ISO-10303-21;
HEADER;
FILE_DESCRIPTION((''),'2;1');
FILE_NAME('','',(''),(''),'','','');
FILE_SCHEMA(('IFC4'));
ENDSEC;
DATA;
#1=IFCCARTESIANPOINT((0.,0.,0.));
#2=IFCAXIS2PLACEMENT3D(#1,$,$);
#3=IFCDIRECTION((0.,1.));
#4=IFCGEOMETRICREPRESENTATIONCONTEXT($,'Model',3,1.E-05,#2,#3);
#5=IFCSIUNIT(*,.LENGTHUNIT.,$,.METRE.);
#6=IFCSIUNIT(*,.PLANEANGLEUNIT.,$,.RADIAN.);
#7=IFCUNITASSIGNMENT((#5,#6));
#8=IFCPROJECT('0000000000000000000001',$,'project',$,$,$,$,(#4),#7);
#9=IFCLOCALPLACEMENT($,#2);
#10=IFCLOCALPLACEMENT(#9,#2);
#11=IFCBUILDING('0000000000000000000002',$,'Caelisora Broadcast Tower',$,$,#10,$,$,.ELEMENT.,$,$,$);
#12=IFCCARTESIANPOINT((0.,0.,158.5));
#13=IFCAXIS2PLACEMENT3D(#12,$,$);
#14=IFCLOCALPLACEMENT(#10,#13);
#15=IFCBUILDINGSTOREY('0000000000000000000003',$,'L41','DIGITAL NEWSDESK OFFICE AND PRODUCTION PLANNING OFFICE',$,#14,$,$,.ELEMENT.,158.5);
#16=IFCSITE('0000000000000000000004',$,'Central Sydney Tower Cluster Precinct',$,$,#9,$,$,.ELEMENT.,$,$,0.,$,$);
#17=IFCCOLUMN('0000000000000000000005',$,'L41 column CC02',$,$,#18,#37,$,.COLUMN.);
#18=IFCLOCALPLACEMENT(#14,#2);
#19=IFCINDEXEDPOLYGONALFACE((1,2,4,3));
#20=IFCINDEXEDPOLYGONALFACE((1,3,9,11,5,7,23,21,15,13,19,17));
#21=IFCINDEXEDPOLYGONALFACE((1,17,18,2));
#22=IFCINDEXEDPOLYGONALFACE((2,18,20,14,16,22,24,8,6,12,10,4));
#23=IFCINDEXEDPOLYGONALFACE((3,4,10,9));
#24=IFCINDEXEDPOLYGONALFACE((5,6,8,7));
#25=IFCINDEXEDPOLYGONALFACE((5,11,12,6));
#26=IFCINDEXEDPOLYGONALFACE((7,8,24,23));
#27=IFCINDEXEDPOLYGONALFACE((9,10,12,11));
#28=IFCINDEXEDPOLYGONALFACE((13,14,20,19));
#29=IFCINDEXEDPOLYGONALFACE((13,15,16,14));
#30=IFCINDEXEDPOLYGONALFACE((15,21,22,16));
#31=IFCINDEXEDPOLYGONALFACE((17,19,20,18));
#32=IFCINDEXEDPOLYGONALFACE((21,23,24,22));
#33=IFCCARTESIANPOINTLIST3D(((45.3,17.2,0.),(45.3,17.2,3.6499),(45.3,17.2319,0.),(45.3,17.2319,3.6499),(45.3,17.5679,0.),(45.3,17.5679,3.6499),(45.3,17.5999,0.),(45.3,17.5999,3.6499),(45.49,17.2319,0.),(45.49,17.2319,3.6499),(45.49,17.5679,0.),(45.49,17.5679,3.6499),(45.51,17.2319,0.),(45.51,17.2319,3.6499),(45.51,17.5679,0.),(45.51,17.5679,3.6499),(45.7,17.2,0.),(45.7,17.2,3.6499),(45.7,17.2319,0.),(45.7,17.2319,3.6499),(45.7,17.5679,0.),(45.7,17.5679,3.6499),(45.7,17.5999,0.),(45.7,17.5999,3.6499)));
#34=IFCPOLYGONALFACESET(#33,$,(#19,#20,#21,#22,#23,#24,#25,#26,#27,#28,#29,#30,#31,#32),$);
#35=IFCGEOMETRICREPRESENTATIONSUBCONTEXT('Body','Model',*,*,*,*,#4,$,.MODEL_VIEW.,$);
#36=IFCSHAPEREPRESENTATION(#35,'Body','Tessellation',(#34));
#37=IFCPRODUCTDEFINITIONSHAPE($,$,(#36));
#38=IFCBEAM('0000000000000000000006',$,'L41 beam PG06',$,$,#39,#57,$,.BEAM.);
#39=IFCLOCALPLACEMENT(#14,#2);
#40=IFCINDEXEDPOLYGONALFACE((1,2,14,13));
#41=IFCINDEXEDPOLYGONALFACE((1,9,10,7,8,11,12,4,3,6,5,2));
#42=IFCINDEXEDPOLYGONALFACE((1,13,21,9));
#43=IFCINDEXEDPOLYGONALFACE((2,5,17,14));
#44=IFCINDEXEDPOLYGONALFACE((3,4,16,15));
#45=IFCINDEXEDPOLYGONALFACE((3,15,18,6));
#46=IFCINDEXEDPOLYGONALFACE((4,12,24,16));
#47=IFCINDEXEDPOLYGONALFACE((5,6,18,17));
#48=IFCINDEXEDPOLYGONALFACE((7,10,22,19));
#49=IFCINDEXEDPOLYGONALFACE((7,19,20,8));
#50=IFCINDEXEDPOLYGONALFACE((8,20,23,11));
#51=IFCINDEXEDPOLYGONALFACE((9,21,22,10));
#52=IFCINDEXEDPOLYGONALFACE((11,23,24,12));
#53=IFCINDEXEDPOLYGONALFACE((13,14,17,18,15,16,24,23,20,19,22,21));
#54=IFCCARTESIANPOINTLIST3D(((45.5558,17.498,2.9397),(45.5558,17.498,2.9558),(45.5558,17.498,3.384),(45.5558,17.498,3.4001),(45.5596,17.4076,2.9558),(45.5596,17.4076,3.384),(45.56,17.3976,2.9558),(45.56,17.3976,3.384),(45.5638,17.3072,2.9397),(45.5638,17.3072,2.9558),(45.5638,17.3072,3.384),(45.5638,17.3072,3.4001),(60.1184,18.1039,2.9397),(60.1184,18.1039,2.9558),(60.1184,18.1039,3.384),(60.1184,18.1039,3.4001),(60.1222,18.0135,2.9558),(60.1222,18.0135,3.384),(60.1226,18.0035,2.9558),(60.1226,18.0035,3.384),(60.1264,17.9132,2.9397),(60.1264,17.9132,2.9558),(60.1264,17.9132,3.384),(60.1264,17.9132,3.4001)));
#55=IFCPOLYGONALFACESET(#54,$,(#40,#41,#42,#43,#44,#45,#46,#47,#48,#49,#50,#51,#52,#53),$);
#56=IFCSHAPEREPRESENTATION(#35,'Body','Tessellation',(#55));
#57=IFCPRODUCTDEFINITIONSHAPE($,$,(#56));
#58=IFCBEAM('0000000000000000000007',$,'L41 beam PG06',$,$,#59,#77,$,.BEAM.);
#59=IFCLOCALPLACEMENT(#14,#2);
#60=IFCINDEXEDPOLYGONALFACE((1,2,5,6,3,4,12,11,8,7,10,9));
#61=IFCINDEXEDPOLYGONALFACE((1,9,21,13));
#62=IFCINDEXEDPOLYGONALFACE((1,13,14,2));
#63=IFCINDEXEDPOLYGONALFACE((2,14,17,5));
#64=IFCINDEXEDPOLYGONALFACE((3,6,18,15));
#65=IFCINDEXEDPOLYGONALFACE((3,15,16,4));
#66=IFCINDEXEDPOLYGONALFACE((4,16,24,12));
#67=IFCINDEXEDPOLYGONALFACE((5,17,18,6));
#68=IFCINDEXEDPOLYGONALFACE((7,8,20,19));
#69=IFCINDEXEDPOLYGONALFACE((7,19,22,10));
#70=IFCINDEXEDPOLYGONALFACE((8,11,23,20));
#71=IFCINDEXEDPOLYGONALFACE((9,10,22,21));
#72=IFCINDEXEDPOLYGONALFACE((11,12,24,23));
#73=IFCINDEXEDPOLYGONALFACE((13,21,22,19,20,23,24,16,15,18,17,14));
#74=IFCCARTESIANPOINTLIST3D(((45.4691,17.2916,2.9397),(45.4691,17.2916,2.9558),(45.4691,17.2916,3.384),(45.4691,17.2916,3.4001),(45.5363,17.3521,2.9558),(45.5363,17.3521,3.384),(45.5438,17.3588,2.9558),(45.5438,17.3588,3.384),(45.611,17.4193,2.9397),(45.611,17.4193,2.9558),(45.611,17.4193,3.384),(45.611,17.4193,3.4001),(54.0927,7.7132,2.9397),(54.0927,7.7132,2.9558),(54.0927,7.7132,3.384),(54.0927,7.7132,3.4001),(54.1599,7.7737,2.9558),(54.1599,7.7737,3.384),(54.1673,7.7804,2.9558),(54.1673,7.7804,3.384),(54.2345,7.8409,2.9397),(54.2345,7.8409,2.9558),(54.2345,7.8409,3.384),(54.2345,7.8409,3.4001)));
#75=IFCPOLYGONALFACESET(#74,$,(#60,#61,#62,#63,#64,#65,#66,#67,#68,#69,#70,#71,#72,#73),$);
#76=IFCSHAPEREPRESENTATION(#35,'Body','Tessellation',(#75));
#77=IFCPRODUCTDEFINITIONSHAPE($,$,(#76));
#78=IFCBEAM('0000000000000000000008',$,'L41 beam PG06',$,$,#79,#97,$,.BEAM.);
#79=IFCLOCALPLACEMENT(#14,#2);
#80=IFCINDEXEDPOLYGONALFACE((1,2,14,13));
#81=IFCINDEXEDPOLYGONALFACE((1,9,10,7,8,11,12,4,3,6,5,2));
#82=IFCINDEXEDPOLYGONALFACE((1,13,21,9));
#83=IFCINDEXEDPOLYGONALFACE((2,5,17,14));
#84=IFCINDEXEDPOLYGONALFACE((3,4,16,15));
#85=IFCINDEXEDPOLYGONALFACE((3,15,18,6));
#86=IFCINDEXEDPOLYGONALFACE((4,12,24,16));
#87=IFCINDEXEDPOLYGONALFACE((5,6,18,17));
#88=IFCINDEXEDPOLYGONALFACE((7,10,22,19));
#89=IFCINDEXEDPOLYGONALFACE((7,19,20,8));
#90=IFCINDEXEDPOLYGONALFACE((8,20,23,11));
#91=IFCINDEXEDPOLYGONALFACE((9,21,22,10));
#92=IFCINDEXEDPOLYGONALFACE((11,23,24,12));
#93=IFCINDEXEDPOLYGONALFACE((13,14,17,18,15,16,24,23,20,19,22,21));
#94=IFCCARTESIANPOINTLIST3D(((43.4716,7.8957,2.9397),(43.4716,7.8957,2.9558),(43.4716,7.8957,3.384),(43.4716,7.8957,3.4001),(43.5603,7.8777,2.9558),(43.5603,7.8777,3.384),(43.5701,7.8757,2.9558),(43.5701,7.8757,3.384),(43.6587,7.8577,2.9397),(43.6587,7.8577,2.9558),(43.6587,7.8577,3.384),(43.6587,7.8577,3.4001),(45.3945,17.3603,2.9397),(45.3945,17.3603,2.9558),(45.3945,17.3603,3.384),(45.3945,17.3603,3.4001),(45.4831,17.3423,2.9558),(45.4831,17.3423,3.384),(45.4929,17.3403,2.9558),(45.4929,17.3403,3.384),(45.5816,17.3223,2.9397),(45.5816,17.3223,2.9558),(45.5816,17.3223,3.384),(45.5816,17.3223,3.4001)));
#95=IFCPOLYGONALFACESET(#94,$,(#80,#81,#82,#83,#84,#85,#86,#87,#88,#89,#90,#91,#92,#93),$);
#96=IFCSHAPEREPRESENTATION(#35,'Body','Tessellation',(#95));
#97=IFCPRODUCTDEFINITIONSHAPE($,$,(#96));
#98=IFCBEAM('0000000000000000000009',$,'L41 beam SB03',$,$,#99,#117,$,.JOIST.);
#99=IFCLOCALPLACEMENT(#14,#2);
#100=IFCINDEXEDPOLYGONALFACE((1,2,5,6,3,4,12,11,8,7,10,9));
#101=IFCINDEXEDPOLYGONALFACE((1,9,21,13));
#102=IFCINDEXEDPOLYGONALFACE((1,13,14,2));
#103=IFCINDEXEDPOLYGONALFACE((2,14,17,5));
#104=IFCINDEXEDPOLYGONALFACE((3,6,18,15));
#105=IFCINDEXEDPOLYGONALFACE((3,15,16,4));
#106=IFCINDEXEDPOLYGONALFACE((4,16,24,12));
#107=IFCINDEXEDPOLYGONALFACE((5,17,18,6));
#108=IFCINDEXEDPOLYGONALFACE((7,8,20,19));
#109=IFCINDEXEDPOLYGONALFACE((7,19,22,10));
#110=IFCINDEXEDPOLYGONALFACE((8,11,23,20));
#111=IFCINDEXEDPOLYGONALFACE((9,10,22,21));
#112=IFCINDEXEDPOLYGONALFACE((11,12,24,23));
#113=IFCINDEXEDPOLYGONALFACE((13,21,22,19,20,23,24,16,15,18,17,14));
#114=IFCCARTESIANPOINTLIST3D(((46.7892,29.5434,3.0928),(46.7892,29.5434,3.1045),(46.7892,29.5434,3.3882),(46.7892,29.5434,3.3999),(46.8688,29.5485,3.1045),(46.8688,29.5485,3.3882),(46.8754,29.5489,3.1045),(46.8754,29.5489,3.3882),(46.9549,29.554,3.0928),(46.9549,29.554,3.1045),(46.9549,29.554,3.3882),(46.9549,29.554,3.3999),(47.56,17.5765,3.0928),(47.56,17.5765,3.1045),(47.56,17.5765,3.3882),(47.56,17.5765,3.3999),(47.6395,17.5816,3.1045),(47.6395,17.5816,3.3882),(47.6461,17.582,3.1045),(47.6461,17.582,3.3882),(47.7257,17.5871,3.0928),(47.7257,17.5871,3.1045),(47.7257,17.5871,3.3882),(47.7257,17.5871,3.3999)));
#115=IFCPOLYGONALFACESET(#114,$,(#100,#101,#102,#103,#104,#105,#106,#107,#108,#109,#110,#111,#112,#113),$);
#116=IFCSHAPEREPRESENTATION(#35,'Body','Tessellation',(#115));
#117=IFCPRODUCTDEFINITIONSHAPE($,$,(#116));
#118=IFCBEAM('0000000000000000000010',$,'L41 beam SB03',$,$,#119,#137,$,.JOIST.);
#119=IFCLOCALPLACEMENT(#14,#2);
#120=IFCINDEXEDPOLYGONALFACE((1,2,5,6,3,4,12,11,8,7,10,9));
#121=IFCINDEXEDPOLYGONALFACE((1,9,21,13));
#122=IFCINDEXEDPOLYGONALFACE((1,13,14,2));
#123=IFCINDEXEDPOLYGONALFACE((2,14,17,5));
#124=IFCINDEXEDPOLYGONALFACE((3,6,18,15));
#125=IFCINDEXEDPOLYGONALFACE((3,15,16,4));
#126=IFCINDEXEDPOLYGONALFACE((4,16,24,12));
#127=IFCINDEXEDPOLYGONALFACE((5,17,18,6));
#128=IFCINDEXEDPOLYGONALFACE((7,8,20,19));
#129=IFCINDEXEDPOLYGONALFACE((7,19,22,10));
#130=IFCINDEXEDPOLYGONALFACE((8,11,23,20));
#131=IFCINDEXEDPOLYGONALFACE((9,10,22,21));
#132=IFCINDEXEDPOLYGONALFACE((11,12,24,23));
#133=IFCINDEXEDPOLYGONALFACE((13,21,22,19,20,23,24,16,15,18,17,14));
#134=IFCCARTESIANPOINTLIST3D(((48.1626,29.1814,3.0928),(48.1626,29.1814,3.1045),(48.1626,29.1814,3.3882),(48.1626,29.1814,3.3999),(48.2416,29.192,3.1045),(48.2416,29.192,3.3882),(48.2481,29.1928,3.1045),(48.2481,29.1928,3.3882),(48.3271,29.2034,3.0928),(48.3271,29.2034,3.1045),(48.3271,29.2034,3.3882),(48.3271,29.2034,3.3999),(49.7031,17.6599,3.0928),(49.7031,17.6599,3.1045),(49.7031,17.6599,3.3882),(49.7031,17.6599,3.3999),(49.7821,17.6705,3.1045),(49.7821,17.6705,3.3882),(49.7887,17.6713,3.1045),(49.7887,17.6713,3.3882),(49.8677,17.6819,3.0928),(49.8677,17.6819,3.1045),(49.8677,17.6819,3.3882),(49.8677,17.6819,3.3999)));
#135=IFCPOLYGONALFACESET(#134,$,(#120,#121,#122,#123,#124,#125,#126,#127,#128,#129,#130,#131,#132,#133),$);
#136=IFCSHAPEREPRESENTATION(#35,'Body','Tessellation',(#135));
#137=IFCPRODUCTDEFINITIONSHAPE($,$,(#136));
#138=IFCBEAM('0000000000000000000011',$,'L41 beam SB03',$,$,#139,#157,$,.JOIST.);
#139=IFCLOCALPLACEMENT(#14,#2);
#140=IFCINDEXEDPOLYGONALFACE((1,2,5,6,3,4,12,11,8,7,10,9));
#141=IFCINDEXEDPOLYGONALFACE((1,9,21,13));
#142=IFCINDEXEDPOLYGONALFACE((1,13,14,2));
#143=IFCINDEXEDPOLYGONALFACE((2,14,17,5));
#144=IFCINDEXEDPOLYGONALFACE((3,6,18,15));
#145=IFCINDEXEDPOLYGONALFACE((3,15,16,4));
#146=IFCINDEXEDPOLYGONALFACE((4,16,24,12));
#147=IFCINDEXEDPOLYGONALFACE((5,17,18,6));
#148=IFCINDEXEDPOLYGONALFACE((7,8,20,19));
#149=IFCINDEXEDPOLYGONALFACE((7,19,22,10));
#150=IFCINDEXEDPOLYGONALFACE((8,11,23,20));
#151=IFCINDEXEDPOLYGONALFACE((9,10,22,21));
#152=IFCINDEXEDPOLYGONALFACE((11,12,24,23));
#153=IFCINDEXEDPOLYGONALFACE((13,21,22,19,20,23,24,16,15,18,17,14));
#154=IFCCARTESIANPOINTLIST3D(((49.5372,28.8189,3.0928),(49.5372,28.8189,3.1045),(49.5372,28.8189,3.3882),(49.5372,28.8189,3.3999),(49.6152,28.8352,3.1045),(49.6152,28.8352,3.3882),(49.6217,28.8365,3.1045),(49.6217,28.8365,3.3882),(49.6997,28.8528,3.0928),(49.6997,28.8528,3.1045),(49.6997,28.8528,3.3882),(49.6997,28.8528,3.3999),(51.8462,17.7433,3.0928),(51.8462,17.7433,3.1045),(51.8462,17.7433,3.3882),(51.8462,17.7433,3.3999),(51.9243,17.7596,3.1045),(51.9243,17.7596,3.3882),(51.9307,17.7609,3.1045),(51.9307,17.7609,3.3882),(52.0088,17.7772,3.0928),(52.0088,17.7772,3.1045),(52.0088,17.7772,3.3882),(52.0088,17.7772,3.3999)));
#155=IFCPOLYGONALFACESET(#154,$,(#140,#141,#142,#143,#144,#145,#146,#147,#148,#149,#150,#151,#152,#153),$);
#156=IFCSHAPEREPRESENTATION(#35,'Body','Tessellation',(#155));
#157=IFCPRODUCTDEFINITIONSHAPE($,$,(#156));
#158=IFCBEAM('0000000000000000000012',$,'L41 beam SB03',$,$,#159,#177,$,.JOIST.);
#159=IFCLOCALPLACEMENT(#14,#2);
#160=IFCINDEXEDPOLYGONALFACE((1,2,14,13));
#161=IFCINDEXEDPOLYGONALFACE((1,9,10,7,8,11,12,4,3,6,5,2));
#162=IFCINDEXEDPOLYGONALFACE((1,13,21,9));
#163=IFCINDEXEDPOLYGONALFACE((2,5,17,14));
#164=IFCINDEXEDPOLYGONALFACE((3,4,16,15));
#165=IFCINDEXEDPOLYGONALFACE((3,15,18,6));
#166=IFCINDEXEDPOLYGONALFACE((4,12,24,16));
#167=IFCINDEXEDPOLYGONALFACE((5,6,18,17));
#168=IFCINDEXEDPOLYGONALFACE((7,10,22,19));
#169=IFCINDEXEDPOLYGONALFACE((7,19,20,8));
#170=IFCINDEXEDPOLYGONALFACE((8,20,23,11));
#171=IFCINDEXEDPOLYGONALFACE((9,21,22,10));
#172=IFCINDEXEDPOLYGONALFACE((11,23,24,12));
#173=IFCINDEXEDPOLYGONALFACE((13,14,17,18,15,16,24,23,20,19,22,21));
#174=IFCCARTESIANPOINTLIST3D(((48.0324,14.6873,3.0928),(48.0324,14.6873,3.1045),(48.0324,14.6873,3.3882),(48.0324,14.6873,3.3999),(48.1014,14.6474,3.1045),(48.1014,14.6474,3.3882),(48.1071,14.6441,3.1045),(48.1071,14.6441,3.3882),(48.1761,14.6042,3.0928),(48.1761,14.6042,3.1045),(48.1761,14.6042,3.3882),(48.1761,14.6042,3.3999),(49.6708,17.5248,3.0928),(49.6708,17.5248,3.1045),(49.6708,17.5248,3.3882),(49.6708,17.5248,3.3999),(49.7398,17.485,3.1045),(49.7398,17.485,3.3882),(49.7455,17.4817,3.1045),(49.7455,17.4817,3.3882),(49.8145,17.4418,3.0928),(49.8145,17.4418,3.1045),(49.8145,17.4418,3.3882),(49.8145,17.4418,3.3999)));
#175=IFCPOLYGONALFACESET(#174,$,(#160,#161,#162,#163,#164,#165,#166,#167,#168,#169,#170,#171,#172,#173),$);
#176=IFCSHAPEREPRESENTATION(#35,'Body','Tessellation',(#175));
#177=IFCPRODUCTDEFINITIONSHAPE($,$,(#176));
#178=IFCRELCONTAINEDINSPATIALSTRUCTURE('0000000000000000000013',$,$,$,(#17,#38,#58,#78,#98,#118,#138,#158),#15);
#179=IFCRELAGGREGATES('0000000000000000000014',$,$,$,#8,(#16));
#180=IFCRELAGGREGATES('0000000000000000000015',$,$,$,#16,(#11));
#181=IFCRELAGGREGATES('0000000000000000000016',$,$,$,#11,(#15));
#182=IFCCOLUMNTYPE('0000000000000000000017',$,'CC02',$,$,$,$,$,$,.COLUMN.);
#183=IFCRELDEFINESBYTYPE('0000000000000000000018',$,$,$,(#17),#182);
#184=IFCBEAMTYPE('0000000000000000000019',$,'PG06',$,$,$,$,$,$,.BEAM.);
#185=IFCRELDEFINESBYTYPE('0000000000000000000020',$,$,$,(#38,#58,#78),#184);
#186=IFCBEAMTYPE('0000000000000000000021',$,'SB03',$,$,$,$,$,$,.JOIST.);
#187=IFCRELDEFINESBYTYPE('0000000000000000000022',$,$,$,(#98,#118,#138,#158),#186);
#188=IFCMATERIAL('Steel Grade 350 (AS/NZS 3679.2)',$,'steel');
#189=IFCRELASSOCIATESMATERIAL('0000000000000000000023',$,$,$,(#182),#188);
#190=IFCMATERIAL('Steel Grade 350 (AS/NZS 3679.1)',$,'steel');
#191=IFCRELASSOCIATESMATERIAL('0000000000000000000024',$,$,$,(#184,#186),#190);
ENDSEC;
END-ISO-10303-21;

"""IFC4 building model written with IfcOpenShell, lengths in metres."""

from ifc_helpers import new_model, si_unit, direction, frame, origin, origin_2d, place, context, subcontext, project, spatial, i_section, extrude, source, transform, mapped, material, material_profile, profile_set, type_object, type_shapes, element, save


model = new_model("IFC4")

# Units and contexts
model_context = context("Model", 3, precision=1e-05, world=origin(), true_north=direction((0.0, 1.0)))
body_context = subcontext(model_context, "Body", "Model", "MODEL_VIEW")
ifc_project = project(units=[si_unit("LENGTHUNIT", "METRE"), si_unit("PLANEANGLEUNIT", "RADIAN")], contexts=[model_context])

# Site, building, storey
site_placement = place(None, origin())
site = spatial("IfcSite", under=ifc_project, at=site_placement, Name="Central Sydney Tower Cluster Precinct", CompositionType="ELEMENT", RefElevation=0.0)
building_placement = place(site_placement, origin())
building = spatial("IfcBuilding", under=site, at=building_placement, Name="Caelisora Broadcast Tower", CompositionType="ELEMENT")
storey_placement = place(building_placement, frame((0.0, 0.0, 158.5)))
storey = spatial("IfcBuildingStorey", under=building, at=storey_placement, Name="L41", Description="DIGITAL NEWSDESK OFFICE AND PRODUCTION PLANNING OFFICE", CompositionType="ELEMENT", Elevation=158.5)

# Column
ifc_material_1 = material(Name="Steel Grade 350 (AS/NZS 3679.2)", Category="steel")
ifc_material_profile_1 = material_profile(ifc_material_1, i_section(OverallWidth=0.3999, OverallDepth=0.3999, WebThickness=0.02, FlangeThickness=0.032, at=origin_2d()), Name="Steel Grade 350 (AS/NZS 3679.2)")
ifc_profile_set_1 = profile_set([ifc_material_profile_1], Name="Steel Grade 350 (AS/NZS 3679.2)")
column_type = type_object("IfcColumnType", Name="CC02", PredefinedType="COLUMN", material=ifc_profile_set_1)
shared_shape_1 = source(origin(), body_context, "Body", "SweptSolid", [
    extrude(i_section(OverallWidth=0.3999, OverallDepth=0.3999, WebThickness=0.02, FlangeThickness=0.032, at=origin_2d()), origin(), (0.0, 0.0, 1.0), 3.6499),
])
type_shapes(column_type, [shared_shape_1])
column_placement = place(storey_placement, frame((45.5, 17.3999, 0.0), z_axis=(0.0, 0.0, 1.0), x_axis=(1.0, 0.0, 0.0)))
element("IfcColumn", 1, at=column_placement, inside=storey, type_object=column_type, Name="L41 column CC02", PredefinedType="COLUMN", context=body_context, shape_type="MappedRepresentation", body=[
    mapped(shared_shape_1, transform((0.0, 0.0, 0.0), scale=1.0)),
])

# Beams
ifc_material_2 = material(Name="Steel Grade 350 (AS/NZS 3679.1)", Category="steel")
ifc_material_profile_2 = material_profile(ifc_material_2, i_section(OverallWidth=0.1909, OverallDepth=0.4604, WebThickness=0.01, FlangeThickness=0.0161, at=origin_2d()), Name="Steel Grade 350 (AS/NZS 3679.1)")
ifc_profile_set_2 = profile_set([ifc_material_profile_2], Name="Steel Grade 350 (AS/NZS 3679.1)")
beam_type_1 = type_object("IfcBeamType", Name="PG06", PredefinedType="BEAM", material=ifc_profile_set_2)
shared_shape_2 = source(origin(), body_context, "Body", "SweptSolid", [
    extrude(i_section(OverallWidth=0.1909, OverallDepth=0.4604, WebThickness=0.01, FlangeThickness=0.0161, at=origin_2d()), origin(), (0.0, 0.0, 1.0), 14.5752),
])
beam_1_placement = place(storey_placement, frame((45.5598, 17.4026, 3.1699), z_axis=(0.999135, 0.041575, 0.0), x_axis=(-0.041575, 0.999135, 0.0)))
element("IfcBeam", 2, at=beam_1_placement, inside=storey, type_object=beam_type_1, Name="L41 beam PG06", PredefinedType="BEAM", context=body_context, shape_type="MappedRepresentation", body=[
    mapped(shared_shape_2, transform((0.0, 0.0, 0.0), scale=1.0)),
])
shared_shape_3 = source(origin(), body_context, "Body", "SweptSolid", [
    extrude(i_section(OverallWidth=0.1909, OverallDepth=0.4604, WebThickness=0.01, FlangeThickness=0.0161, at=origin_2d()), origin(), (0.0, 0.0, 1.0), 12.8884),
])
beam_2_placement = place(storey_placement, frame((45.54, 17.3555, 3.1699), z_axis=(0.669093, -0.743178, 0.0), x_axis=(0.743178, 0.669093, 0.0)))
element("IfcBeam", 3, at=beam_2_placement, inside=storey, type_object=beam_type_1, Name="L41 beam PG06", PredefinedType="BEAM", context=body_context, shape_type="MappedRepresentation", body=[
    mapped(shared_shape_3, transform((0.0, 0.0, 0.0), scale=1.0)),
])
shared_shape_4 = source(origin(), body_context, "Body", "SweptSolid", [
    extrude(i_section(OverallWidth=0.1909, OverallDepth=0.4604, WebThickness=0.01, FlangeThickness=0.0161, at=origin_2d()), origin(), (0.0, 0.0, 1.0), 9.658),
])
type_shapes(beam_type_1, [shared_shape_2, shared_shape_3, shared_shape_4])
beam_3_placement = place(storey_placement, frame((45.488, 17.3413, 3.1699), z_axis=(-0.199095, -0.97998, 0.0), x_axis=(0.97998, -0.199095, 0.0)))
element("IfcBeam", 4, at=beam_3_placement, inside=storey, type_object=beam_type_1, Name="L41 beam PG06", PredefinedType="BEAM", context=body_context, shape_type="MappedRepresentation", body=[
    mapped(shared_shape_4, transform((0.0, 0.0, 0.0), scale=1.0)),
])
ifc_material_profile_3 = material_profile(ifc_material_2, i_section(OverallWidth=0.166, OverallDepth=0.3071, WebThickness=0.0066, FlangeThickness=0.0117, at=origin_2d()), Name="Steel Grade 350 (AS/NZS 3679.1)")
ifc_profile_set_3 = profile_set([ifc_material_profile_3], Name="Steel Grade 350 (AS/NZS 3679.1)")
beam_type_2 = type_object("IfcBeamType", Name="SB03", PredefinedType="JOIST", material=ifc_profile_set_3)
shared_shape_5 = source(origin(), body_context, "Body", "SweptSolid", [
    extrude(i_section(OverallWidth=0.166, OverallDepth=0.3071, WebThickness=0.0066, FlangeThickness=0.0117, at=origin_2d()), origin(), (0.0, 0.0, 1.0), 11.9917),
])
beam_4_placement = place(storey_placement, frame((47.6428, 17.5818, 3.2463), z_axis=(-0.064274, 0.997932, 0.0), x_axis=(-0.997932, -0.064274, 0.0)))
element("IfcBeam", 5, at=beam_4_placement, inside=storey, type_object=beam_type_2, Name="L41 beam SB03", PredefinedType="JOIST", context=body_context, shape_type="MappedRepresentation", body=[
    mapped(shared_shape_5, transform((0.0, 0.0, 0.0), scale=1.0)),
])
shared_shape_6 = source(origin(), body_context, "Body", "SweptSolid", [
    extrude(i_section(OverallWidth=0.166, OverallDepth=0.3071, WebThickness=0.0066, FlangeThickness=0.0117, at=origin_2d()), origin(), (0.0, 0.0, 1.0), 11.624),
])
beam_5_placement = place(storey_placement, frame((49.7854, 17.6709, 3.2463), z_axis=(-0.13253, 0.991179, 0.0), x_axis=(-0.991179, -0.13253, 0.0)))
element("IfcBeam", 6, at=beam_5_placement, inside=storey, type_object=beam_type_2, Name="L41 beam SB03", PredefinedType="JOIST", context=body_context, shape_type="MappedRepresentation", body=[
    mapped(shared_shape_6, transform((0.0, 0.0, 0.0), scale=1.0)),
])
shared_shape_7 = source(origin(), body_context, "Body", "SweptSolid", [
    extrude(i_section(OverallWidth=0.166, OverallDepth=0.3071, WebThickness=0.0066, FlangeThickness=0.0117, at=origin_2d()), origin(), (0.0, 0.0, 1.0), 11.3137),
])
beam_6_placement = place(storey_placement, frame((51.9275, 17.7603, 3.2463), z_axis=(-0.204094, 0.978951, 0.0), x_axis=(-0.978951, -0.204094, 0.0)))
element("IfcBeam", 7, at=beam_6_placement, inside=storey, type_object=beam_type_2, Name="L41 beam SB03", PredefinedType="JOIST", context=body_context, shape_type="MappedRepresentation", body=[
    mapped(shared_shape_7, transform((0.0, 0.0, 0.0), scale=1.0)),
])
shared_shape_8 = source(origin(), body_context, "Body", "SweptSolid", [
    extrude(i_section(OverallWidth=0.166, OverallDepth=0.3071, WebThickness=0.0066, FlangeThickness=0.0117, at=origin_2d()), origin(), (0.0, 0.0, 1.0), 3.2766),
])
beam_7_placement = place(storey_placement, frame((48.1042, 14.6458, 3.2463), z_axis=(0.500026, 0.866011, 0.0), x_axis=(-0.866011, 0.500026, 0.0)))
element("IfcBeam", 8, at=beam_7_placement, inside=storey, type_object=beam_type_2, Name="L41 beam SB03", PredefinedType="JOIST", context=body_context, shape_type="MappedRepresentation", body=[
    mapped(shared_shape_8, transform((0.0, 0.0, 0.0), scale=1.0)),
])

save(model, "model.ifc")
